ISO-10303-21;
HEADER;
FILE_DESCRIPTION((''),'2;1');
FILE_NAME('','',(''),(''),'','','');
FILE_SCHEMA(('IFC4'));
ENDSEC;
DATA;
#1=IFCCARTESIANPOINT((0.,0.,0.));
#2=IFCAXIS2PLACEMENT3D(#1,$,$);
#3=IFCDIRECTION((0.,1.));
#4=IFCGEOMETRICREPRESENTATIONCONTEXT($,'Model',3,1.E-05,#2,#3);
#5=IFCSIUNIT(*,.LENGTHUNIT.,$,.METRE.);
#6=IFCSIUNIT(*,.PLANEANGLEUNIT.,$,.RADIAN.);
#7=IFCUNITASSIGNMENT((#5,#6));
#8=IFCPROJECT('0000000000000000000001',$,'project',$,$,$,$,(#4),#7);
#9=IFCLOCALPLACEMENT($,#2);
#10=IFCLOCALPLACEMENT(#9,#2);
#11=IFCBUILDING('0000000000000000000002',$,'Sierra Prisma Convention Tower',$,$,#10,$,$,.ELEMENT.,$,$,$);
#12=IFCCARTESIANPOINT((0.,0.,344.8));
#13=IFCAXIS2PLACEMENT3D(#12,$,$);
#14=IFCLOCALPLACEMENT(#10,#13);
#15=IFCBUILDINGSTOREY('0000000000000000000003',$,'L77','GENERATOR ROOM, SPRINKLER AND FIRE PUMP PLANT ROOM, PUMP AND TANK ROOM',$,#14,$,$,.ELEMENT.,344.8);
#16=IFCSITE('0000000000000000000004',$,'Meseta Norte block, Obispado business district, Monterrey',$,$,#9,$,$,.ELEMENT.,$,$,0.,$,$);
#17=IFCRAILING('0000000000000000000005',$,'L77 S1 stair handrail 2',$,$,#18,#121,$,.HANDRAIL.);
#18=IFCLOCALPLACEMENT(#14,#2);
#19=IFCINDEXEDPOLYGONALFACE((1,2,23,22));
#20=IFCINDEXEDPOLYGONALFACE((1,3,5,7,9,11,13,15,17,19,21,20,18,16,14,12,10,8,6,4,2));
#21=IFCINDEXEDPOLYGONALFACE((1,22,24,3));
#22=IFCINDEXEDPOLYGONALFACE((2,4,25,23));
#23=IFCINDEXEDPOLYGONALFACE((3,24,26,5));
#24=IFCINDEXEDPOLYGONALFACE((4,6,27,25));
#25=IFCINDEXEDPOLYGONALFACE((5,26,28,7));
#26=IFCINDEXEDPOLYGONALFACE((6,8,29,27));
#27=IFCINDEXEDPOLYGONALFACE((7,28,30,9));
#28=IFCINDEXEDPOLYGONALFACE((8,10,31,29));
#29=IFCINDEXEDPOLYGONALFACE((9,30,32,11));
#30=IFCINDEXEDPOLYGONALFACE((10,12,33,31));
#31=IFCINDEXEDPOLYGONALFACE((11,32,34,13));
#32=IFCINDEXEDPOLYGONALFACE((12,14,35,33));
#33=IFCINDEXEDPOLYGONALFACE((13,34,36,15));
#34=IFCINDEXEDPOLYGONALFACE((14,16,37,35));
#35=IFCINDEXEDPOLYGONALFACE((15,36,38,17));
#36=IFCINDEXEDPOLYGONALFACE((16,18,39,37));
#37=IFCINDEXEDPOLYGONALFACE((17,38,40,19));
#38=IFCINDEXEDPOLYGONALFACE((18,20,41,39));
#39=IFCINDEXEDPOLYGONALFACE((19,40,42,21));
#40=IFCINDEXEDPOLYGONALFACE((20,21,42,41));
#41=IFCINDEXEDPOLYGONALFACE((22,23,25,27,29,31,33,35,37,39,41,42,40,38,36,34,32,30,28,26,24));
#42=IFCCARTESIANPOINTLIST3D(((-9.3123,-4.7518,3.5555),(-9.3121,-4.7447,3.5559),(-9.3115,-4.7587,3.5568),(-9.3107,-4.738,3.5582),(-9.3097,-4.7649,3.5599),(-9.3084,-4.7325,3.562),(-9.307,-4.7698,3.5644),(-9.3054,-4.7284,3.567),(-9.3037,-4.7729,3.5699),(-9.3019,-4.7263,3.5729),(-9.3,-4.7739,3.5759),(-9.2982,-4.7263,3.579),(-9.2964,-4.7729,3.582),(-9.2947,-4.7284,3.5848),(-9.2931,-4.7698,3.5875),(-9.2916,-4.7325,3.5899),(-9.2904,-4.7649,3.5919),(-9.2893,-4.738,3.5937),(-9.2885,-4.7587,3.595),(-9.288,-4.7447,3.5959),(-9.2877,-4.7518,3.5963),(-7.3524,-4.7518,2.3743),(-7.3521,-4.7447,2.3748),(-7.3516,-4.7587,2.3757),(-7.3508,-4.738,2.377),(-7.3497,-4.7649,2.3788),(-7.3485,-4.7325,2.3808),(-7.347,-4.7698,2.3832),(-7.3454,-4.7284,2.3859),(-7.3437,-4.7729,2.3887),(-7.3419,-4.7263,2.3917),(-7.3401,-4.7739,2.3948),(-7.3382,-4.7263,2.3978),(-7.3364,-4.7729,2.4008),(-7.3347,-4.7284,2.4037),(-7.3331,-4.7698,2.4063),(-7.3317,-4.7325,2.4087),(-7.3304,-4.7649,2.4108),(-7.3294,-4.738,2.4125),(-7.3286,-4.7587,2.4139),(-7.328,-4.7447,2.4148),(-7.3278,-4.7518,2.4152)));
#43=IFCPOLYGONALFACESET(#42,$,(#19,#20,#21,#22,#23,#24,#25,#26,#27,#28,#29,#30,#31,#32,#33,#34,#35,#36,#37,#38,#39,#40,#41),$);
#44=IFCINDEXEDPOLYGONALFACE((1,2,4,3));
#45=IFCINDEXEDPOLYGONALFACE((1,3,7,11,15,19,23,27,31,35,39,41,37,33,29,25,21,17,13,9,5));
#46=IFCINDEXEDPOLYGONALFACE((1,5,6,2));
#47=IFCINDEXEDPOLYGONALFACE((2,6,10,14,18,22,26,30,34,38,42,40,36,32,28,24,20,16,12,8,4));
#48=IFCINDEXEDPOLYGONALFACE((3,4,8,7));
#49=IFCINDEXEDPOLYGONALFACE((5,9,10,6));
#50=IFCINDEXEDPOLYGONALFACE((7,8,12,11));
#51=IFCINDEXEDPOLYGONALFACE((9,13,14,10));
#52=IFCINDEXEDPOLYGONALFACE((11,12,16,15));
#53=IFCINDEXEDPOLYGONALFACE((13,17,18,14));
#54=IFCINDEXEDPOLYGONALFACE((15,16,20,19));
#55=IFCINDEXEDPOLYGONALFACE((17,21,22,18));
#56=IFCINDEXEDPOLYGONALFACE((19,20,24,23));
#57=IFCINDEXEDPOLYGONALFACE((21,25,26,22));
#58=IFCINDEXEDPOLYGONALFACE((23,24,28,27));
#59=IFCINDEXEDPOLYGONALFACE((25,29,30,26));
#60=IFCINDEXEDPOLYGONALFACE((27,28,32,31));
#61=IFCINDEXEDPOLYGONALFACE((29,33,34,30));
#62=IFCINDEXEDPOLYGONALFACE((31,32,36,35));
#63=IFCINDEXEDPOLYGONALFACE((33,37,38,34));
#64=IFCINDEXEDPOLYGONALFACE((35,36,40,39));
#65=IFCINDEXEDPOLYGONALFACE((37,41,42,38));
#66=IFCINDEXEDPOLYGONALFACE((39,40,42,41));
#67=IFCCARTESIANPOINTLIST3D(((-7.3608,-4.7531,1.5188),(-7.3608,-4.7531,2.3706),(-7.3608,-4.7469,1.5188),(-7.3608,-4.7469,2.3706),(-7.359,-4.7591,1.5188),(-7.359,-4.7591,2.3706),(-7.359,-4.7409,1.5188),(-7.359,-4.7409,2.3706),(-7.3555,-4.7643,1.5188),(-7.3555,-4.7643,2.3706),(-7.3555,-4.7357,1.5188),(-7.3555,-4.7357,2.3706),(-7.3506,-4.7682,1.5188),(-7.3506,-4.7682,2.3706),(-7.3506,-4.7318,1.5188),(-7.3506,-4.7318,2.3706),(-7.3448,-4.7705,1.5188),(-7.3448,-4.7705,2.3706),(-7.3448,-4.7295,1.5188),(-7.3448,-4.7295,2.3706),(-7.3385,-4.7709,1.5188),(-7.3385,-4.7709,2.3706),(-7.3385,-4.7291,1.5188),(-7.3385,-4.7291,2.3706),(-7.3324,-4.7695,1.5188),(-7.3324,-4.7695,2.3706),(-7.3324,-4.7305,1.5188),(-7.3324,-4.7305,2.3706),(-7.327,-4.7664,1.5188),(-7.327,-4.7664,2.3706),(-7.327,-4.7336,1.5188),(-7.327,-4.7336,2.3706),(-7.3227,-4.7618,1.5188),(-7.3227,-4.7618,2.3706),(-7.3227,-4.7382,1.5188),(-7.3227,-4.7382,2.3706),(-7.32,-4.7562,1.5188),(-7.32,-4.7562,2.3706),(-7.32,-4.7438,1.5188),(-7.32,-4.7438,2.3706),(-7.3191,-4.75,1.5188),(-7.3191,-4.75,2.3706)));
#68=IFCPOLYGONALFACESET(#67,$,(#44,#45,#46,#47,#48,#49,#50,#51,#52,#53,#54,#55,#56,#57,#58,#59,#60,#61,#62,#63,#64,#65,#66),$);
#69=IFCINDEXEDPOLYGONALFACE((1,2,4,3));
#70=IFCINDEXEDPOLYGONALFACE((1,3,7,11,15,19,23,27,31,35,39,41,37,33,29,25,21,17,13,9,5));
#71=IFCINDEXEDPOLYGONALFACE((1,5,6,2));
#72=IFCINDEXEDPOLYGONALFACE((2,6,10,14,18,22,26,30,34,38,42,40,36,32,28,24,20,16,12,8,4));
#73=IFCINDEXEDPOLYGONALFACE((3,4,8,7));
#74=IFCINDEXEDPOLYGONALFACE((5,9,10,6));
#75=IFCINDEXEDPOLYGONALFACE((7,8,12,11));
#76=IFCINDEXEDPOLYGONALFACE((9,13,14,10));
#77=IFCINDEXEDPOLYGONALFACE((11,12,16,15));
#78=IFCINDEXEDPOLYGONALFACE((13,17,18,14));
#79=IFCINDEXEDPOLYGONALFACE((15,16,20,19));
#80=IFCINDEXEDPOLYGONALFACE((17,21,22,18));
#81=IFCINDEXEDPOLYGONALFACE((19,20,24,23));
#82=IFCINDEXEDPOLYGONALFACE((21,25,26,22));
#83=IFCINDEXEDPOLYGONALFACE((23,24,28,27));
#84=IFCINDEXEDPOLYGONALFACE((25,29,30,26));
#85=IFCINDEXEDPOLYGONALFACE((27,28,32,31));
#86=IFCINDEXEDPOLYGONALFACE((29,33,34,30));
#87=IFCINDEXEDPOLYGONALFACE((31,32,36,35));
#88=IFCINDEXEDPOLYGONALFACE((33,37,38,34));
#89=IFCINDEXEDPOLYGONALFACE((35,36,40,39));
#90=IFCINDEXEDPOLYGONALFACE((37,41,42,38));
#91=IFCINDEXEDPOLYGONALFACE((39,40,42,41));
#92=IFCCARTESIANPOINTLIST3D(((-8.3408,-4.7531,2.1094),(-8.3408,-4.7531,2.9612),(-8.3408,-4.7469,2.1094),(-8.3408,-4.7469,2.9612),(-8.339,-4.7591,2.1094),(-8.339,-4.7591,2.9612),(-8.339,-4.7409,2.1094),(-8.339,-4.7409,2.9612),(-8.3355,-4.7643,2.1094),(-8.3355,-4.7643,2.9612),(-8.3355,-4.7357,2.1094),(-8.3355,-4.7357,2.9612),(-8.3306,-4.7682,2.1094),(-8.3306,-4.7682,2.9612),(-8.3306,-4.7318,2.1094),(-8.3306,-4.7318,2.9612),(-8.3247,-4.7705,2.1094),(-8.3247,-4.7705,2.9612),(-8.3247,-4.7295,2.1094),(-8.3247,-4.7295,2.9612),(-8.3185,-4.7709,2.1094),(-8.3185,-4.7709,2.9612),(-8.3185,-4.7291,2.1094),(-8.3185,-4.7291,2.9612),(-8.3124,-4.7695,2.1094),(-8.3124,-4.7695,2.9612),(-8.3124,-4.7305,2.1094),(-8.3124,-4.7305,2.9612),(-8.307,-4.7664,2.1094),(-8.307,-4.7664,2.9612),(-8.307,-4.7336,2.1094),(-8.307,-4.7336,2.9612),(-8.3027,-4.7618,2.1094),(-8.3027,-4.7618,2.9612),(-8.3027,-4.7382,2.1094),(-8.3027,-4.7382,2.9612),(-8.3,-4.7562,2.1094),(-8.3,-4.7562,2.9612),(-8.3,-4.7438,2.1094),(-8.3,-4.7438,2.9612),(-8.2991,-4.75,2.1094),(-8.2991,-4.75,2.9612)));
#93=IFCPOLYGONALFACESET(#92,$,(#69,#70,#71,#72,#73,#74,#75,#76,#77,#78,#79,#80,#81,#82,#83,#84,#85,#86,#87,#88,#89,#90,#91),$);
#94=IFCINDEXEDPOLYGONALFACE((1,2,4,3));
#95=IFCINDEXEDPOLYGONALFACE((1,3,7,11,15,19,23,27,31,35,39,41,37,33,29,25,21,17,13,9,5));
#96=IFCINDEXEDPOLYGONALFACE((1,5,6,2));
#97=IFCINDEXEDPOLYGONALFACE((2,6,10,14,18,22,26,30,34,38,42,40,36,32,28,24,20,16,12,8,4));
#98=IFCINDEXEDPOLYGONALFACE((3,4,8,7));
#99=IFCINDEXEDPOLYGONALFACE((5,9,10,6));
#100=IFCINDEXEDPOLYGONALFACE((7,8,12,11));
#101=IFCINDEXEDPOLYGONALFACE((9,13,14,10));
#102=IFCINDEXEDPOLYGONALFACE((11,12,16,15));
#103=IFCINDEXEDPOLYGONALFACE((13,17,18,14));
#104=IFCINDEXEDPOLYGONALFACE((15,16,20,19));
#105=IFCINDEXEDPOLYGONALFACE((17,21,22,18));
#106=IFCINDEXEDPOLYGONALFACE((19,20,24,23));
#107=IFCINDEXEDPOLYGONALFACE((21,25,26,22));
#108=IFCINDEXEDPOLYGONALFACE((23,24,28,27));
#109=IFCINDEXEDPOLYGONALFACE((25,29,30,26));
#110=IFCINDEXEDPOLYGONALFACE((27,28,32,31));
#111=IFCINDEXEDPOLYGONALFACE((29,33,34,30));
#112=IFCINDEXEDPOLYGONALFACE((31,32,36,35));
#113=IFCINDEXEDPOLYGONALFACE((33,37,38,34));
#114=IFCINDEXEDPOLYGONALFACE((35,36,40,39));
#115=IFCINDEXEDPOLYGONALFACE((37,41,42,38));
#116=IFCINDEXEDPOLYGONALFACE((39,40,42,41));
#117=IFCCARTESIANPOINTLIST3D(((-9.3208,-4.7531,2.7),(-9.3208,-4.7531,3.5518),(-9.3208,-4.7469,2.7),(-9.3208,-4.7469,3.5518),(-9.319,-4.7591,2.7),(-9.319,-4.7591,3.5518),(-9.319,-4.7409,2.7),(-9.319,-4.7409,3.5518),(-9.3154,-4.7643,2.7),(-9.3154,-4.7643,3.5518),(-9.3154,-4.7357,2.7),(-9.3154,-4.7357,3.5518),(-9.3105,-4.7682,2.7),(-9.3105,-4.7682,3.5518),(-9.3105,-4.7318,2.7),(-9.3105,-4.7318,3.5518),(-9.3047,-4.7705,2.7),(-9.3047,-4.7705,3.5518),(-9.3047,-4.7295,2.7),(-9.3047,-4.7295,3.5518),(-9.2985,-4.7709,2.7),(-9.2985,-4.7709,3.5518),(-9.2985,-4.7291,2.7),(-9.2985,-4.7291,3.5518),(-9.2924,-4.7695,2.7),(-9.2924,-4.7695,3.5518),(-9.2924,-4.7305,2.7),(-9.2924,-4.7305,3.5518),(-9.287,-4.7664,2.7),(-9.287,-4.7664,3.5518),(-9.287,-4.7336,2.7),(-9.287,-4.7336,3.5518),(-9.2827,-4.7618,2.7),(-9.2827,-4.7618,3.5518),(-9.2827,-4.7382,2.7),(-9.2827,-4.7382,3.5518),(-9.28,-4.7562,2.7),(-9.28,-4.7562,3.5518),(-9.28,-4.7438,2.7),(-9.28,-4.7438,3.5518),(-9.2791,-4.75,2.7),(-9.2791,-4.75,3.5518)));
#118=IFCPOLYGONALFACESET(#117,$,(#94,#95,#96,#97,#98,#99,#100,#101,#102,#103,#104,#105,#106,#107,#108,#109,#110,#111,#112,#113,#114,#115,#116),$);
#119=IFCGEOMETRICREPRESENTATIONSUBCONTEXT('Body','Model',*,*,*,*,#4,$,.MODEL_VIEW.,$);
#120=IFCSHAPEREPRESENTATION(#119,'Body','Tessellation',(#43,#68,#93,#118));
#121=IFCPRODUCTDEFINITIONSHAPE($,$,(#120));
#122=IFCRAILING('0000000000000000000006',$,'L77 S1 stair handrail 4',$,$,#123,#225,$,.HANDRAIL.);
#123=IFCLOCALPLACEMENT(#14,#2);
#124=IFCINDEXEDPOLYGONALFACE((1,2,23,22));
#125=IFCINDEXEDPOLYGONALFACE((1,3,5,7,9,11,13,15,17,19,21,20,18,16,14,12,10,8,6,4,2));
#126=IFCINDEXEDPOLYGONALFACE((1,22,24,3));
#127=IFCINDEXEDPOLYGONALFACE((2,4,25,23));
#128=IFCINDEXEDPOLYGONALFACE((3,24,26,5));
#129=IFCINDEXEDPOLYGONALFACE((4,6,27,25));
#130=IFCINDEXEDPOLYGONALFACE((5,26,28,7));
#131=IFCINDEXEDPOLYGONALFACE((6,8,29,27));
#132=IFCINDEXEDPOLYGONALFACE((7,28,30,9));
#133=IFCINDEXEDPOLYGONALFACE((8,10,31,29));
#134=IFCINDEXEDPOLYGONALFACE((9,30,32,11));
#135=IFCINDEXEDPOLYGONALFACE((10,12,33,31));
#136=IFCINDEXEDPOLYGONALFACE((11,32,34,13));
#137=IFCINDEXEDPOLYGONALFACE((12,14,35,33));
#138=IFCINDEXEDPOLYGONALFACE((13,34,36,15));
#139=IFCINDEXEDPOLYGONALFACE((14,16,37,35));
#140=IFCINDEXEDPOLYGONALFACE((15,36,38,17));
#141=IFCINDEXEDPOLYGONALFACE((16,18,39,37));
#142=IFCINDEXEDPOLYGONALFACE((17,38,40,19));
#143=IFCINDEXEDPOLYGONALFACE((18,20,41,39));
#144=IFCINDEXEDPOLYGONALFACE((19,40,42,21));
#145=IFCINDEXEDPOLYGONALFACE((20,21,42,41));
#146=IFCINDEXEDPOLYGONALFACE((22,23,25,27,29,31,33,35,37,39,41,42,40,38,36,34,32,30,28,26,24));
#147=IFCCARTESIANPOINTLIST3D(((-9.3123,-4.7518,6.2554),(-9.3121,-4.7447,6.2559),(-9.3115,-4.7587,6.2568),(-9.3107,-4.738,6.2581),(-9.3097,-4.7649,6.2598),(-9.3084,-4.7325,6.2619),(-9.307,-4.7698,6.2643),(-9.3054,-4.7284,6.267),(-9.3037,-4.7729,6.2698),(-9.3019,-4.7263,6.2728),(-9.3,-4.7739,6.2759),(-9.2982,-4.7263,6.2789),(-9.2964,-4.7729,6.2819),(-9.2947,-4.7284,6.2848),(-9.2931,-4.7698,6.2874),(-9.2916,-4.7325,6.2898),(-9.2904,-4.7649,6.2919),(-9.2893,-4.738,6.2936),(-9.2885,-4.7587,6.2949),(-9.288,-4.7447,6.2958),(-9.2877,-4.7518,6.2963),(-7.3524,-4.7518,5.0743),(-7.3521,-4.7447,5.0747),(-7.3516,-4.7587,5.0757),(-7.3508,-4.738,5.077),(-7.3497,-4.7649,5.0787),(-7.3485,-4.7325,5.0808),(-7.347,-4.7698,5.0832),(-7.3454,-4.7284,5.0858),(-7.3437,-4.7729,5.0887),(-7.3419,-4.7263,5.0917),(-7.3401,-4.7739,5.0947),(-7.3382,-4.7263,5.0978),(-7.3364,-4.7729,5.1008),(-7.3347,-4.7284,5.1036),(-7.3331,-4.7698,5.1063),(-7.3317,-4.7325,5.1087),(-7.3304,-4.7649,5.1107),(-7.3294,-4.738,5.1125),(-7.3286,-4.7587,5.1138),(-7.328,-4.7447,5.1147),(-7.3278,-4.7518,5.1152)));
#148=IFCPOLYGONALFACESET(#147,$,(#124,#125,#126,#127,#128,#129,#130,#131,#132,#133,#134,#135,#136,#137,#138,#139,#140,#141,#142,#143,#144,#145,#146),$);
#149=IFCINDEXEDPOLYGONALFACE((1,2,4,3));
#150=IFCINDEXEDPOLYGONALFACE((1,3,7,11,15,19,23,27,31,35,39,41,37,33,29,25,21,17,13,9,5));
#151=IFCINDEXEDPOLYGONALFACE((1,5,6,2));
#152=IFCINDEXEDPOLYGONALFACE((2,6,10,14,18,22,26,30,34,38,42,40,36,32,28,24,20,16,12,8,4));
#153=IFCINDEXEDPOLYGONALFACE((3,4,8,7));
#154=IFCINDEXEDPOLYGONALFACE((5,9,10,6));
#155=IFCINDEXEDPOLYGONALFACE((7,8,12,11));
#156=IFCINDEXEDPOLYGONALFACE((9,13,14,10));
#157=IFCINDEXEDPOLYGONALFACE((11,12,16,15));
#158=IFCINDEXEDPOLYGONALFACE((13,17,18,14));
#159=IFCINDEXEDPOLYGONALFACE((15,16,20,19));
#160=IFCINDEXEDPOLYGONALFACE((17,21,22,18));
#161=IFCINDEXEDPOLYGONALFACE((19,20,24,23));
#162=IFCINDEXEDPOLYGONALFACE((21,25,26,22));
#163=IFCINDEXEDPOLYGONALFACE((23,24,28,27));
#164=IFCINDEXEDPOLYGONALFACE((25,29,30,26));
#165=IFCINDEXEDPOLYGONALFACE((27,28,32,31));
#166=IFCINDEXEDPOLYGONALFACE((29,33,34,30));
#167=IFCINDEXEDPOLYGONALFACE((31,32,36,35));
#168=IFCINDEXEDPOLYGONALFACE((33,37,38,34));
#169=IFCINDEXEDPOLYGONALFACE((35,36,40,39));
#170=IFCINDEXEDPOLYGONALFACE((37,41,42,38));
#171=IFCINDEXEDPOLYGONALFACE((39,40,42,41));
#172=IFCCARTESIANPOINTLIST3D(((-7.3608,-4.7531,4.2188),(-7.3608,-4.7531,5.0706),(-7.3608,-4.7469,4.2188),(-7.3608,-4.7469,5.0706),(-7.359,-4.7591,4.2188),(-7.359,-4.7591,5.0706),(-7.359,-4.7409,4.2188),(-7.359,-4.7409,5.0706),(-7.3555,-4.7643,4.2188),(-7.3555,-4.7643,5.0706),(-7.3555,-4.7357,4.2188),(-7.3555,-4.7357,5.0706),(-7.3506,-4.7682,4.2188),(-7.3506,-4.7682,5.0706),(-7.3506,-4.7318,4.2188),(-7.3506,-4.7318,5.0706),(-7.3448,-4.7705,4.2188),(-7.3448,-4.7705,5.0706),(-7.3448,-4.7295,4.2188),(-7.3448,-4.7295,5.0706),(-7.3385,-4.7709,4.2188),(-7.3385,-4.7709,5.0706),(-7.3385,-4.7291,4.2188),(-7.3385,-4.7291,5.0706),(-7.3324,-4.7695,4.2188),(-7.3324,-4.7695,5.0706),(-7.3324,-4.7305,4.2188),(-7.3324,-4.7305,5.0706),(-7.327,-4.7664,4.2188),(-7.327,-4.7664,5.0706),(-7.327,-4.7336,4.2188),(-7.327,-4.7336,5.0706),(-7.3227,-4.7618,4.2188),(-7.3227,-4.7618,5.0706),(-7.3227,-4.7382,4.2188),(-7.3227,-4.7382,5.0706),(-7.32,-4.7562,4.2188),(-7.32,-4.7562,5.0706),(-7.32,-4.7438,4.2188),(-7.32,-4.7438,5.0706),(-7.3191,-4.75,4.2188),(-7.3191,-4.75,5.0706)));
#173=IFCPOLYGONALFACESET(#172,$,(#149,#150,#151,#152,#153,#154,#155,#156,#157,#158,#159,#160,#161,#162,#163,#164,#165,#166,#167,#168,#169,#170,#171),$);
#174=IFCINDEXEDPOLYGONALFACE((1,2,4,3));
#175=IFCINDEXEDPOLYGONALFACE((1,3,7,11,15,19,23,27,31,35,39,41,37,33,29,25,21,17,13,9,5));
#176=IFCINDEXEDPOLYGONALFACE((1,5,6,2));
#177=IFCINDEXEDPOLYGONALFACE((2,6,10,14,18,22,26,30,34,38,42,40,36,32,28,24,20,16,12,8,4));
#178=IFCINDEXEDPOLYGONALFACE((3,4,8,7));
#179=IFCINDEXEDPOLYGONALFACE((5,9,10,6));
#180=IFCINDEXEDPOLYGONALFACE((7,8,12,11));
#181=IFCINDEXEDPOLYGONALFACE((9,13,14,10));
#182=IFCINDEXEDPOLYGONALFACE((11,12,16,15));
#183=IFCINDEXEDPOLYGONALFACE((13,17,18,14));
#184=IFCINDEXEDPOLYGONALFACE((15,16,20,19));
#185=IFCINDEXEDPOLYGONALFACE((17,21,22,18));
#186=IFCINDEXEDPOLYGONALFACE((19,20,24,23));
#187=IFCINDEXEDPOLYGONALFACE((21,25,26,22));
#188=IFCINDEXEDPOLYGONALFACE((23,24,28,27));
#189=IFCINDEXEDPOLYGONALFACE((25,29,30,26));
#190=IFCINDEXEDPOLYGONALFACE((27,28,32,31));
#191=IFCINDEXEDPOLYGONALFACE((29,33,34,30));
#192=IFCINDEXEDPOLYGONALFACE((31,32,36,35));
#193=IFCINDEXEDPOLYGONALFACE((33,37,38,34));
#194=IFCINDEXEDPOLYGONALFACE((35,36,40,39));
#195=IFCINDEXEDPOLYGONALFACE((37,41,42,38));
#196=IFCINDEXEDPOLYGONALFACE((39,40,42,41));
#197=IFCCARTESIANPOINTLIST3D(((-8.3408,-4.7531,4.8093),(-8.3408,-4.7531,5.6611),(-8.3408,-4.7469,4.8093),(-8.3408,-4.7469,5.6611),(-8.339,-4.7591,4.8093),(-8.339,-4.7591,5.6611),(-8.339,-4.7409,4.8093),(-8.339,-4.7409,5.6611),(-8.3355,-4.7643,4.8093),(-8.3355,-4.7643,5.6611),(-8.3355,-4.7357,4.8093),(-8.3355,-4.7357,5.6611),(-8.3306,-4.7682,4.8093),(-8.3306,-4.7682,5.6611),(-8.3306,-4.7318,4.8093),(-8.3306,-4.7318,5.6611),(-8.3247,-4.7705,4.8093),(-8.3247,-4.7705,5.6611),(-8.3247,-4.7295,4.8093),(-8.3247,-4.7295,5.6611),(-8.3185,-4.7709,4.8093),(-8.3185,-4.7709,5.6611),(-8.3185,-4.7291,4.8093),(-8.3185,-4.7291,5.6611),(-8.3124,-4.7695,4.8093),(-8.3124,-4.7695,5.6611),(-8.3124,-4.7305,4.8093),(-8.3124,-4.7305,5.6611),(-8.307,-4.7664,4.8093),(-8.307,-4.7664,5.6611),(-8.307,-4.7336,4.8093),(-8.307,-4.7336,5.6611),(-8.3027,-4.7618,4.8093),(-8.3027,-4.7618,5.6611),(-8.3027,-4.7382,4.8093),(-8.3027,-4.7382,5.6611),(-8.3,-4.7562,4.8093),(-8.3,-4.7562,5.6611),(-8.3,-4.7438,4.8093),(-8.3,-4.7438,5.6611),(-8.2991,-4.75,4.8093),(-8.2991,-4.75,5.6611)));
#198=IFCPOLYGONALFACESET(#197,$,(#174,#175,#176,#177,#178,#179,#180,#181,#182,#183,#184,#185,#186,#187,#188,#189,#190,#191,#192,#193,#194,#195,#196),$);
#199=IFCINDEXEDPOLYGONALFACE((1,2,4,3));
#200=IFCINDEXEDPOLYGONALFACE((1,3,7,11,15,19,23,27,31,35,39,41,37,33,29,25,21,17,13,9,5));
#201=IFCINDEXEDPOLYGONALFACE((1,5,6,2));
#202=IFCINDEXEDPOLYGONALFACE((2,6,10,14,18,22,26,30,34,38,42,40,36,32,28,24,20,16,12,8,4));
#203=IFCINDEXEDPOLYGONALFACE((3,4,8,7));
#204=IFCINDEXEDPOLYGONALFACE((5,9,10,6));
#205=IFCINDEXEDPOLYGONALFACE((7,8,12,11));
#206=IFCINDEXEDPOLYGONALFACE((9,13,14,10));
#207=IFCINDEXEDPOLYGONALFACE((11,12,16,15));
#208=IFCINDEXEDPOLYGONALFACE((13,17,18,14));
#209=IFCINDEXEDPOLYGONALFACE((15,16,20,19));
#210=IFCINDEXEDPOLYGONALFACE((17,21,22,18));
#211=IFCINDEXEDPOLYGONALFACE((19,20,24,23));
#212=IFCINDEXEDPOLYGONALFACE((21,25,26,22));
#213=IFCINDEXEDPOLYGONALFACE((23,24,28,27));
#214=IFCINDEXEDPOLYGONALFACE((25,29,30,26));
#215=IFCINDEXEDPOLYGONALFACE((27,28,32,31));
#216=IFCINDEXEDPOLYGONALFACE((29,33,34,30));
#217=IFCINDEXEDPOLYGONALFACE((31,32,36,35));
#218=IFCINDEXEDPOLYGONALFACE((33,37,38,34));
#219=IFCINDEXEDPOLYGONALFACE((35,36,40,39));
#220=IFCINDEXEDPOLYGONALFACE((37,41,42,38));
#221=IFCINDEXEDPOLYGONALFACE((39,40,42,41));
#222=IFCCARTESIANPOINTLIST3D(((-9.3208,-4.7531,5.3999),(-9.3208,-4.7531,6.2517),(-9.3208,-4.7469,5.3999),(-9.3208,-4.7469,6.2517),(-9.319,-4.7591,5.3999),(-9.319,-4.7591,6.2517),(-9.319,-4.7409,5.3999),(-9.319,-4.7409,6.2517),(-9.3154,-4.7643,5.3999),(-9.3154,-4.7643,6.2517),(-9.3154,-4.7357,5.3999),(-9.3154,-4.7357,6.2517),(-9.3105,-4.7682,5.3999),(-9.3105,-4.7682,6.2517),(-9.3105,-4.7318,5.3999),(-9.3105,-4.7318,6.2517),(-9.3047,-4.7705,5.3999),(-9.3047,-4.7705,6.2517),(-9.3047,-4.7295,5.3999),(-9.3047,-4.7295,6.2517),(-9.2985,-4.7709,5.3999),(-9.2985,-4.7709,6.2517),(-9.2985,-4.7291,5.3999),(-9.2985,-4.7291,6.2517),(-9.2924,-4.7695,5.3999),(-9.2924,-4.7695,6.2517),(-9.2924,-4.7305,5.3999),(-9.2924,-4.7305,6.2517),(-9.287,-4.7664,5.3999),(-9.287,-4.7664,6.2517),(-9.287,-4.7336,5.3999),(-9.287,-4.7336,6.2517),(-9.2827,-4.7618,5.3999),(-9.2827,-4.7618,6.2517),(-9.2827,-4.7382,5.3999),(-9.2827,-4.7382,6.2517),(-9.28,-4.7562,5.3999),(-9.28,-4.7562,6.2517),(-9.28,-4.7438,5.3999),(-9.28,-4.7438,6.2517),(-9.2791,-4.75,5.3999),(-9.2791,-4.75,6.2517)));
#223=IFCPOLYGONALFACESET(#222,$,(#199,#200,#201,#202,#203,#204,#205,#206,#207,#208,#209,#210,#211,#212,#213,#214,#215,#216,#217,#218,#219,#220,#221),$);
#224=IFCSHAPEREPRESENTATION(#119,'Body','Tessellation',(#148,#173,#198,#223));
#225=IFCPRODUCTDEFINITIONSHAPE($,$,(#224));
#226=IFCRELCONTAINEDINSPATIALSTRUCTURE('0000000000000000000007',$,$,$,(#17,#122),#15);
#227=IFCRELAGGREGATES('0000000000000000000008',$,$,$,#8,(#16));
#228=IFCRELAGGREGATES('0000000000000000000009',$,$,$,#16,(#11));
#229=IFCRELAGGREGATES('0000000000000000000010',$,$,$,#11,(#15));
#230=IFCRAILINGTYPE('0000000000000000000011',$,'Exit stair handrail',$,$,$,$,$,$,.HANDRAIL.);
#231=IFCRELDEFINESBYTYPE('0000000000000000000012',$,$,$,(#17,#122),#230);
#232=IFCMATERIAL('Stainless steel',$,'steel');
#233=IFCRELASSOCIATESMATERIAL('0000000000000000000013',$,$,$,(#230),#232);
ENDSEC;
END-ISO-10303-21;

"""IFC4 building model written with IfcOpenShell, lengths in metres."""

from ifc_helpers import new_model, si_unit, direction, frame, origin, origin_2d, place, context, subcontext, project, spatial, circle, extrude, material, type_object, element, save


model = new_model("IFC4")

# Units and contexts
model_context = context("Model", 3, precision=1e-05, world=origin(), true_north=direction((0.0, 1.0)))
body_context = subcontext(model_context, "Body", "Model", "MODEL_VIEW")
ifc_project = project(units=[si_unit("LENGTHUNIT", "METRE"), si_unit("PLANEANGLEUNIT", "RADIAN")], contexts=[model_context])

# Site, building, storey
site_placement = place(None, origin())
site = spatial("IfcSite", under=ifc_project, at=site_placement, Name="Meseta Norte block, Obispado business district, Monterrey", CompositionType="ELEMENT", RefElevation=0.0)
building_placement = place(site_placement, origin())
building = spatial("IfcBuilding", under=site, at=building_placement, Name="Sierra Prisma Convention Tower", CompositionType="ELEMENT")
storey_placement = place(building_placement, frame((0.0, 0.0, 344.8)))
storey = spatial("IfcBuildingStorey", under=building, at=storey_placement, Name="L77", Description="GENERATOR ROOM, SPRINKLER AND FIRE PUMP PLANT ROOM, PUMP AND TANK ROOM", CompositionType="ELEMENT", Elevation=344.8)

# Railings
ifc_material_1 = material(Name="Stainless steel", Category="steel")
railing_type_1 = type_object("IfcRailingType", Name="Exit stair handrail", PredefinedType="HANDRAIL", material=ifc_material_1)
for number, where, name in (
    (1, (-7.3401, -4.75, 1.5188), "L77 S1 stair handrail 2"),
    (2, (-7.3401, -4.75, 4.2188), "L77 S1 stair handrail 4"),
):
    element("IfcRailing", number, at=place(storey_placement, frame(where)), inside=storey, type_object=railing_type_1, Name=name, PredefinedType="HANDRAIL", context=body_context, shape_type="SweptSolid", body=[
        extrude(circle(Radius=0.0239, at=origin_2d()), frame((0.0, 0.0, 0.876), z_axis=(-0.856493, 0.0, 0.516158), x_axis=(0.0, -1.0, 0.0)), (0.0, 0.0, 1.0), 2.2883),
        extrude(circle(Radius=0.021, at=origin_2d()), origin(), (0.0, 0.0, 1.0), 0.8518),
        extrude(circle(Radius=0.021, at=origin_2d()), frame((-0.98, 0.0, 0.5906)), (0.0, 0.0, 1.0), 0.8518),
        extrude(circle(Radius=0.021, at=origin_2d()), frame((-1.96, 0.0, 1.1812)), (0.0, 0.0, 1.0), 0.8518),
    ])

save(model, "model.ifc")
